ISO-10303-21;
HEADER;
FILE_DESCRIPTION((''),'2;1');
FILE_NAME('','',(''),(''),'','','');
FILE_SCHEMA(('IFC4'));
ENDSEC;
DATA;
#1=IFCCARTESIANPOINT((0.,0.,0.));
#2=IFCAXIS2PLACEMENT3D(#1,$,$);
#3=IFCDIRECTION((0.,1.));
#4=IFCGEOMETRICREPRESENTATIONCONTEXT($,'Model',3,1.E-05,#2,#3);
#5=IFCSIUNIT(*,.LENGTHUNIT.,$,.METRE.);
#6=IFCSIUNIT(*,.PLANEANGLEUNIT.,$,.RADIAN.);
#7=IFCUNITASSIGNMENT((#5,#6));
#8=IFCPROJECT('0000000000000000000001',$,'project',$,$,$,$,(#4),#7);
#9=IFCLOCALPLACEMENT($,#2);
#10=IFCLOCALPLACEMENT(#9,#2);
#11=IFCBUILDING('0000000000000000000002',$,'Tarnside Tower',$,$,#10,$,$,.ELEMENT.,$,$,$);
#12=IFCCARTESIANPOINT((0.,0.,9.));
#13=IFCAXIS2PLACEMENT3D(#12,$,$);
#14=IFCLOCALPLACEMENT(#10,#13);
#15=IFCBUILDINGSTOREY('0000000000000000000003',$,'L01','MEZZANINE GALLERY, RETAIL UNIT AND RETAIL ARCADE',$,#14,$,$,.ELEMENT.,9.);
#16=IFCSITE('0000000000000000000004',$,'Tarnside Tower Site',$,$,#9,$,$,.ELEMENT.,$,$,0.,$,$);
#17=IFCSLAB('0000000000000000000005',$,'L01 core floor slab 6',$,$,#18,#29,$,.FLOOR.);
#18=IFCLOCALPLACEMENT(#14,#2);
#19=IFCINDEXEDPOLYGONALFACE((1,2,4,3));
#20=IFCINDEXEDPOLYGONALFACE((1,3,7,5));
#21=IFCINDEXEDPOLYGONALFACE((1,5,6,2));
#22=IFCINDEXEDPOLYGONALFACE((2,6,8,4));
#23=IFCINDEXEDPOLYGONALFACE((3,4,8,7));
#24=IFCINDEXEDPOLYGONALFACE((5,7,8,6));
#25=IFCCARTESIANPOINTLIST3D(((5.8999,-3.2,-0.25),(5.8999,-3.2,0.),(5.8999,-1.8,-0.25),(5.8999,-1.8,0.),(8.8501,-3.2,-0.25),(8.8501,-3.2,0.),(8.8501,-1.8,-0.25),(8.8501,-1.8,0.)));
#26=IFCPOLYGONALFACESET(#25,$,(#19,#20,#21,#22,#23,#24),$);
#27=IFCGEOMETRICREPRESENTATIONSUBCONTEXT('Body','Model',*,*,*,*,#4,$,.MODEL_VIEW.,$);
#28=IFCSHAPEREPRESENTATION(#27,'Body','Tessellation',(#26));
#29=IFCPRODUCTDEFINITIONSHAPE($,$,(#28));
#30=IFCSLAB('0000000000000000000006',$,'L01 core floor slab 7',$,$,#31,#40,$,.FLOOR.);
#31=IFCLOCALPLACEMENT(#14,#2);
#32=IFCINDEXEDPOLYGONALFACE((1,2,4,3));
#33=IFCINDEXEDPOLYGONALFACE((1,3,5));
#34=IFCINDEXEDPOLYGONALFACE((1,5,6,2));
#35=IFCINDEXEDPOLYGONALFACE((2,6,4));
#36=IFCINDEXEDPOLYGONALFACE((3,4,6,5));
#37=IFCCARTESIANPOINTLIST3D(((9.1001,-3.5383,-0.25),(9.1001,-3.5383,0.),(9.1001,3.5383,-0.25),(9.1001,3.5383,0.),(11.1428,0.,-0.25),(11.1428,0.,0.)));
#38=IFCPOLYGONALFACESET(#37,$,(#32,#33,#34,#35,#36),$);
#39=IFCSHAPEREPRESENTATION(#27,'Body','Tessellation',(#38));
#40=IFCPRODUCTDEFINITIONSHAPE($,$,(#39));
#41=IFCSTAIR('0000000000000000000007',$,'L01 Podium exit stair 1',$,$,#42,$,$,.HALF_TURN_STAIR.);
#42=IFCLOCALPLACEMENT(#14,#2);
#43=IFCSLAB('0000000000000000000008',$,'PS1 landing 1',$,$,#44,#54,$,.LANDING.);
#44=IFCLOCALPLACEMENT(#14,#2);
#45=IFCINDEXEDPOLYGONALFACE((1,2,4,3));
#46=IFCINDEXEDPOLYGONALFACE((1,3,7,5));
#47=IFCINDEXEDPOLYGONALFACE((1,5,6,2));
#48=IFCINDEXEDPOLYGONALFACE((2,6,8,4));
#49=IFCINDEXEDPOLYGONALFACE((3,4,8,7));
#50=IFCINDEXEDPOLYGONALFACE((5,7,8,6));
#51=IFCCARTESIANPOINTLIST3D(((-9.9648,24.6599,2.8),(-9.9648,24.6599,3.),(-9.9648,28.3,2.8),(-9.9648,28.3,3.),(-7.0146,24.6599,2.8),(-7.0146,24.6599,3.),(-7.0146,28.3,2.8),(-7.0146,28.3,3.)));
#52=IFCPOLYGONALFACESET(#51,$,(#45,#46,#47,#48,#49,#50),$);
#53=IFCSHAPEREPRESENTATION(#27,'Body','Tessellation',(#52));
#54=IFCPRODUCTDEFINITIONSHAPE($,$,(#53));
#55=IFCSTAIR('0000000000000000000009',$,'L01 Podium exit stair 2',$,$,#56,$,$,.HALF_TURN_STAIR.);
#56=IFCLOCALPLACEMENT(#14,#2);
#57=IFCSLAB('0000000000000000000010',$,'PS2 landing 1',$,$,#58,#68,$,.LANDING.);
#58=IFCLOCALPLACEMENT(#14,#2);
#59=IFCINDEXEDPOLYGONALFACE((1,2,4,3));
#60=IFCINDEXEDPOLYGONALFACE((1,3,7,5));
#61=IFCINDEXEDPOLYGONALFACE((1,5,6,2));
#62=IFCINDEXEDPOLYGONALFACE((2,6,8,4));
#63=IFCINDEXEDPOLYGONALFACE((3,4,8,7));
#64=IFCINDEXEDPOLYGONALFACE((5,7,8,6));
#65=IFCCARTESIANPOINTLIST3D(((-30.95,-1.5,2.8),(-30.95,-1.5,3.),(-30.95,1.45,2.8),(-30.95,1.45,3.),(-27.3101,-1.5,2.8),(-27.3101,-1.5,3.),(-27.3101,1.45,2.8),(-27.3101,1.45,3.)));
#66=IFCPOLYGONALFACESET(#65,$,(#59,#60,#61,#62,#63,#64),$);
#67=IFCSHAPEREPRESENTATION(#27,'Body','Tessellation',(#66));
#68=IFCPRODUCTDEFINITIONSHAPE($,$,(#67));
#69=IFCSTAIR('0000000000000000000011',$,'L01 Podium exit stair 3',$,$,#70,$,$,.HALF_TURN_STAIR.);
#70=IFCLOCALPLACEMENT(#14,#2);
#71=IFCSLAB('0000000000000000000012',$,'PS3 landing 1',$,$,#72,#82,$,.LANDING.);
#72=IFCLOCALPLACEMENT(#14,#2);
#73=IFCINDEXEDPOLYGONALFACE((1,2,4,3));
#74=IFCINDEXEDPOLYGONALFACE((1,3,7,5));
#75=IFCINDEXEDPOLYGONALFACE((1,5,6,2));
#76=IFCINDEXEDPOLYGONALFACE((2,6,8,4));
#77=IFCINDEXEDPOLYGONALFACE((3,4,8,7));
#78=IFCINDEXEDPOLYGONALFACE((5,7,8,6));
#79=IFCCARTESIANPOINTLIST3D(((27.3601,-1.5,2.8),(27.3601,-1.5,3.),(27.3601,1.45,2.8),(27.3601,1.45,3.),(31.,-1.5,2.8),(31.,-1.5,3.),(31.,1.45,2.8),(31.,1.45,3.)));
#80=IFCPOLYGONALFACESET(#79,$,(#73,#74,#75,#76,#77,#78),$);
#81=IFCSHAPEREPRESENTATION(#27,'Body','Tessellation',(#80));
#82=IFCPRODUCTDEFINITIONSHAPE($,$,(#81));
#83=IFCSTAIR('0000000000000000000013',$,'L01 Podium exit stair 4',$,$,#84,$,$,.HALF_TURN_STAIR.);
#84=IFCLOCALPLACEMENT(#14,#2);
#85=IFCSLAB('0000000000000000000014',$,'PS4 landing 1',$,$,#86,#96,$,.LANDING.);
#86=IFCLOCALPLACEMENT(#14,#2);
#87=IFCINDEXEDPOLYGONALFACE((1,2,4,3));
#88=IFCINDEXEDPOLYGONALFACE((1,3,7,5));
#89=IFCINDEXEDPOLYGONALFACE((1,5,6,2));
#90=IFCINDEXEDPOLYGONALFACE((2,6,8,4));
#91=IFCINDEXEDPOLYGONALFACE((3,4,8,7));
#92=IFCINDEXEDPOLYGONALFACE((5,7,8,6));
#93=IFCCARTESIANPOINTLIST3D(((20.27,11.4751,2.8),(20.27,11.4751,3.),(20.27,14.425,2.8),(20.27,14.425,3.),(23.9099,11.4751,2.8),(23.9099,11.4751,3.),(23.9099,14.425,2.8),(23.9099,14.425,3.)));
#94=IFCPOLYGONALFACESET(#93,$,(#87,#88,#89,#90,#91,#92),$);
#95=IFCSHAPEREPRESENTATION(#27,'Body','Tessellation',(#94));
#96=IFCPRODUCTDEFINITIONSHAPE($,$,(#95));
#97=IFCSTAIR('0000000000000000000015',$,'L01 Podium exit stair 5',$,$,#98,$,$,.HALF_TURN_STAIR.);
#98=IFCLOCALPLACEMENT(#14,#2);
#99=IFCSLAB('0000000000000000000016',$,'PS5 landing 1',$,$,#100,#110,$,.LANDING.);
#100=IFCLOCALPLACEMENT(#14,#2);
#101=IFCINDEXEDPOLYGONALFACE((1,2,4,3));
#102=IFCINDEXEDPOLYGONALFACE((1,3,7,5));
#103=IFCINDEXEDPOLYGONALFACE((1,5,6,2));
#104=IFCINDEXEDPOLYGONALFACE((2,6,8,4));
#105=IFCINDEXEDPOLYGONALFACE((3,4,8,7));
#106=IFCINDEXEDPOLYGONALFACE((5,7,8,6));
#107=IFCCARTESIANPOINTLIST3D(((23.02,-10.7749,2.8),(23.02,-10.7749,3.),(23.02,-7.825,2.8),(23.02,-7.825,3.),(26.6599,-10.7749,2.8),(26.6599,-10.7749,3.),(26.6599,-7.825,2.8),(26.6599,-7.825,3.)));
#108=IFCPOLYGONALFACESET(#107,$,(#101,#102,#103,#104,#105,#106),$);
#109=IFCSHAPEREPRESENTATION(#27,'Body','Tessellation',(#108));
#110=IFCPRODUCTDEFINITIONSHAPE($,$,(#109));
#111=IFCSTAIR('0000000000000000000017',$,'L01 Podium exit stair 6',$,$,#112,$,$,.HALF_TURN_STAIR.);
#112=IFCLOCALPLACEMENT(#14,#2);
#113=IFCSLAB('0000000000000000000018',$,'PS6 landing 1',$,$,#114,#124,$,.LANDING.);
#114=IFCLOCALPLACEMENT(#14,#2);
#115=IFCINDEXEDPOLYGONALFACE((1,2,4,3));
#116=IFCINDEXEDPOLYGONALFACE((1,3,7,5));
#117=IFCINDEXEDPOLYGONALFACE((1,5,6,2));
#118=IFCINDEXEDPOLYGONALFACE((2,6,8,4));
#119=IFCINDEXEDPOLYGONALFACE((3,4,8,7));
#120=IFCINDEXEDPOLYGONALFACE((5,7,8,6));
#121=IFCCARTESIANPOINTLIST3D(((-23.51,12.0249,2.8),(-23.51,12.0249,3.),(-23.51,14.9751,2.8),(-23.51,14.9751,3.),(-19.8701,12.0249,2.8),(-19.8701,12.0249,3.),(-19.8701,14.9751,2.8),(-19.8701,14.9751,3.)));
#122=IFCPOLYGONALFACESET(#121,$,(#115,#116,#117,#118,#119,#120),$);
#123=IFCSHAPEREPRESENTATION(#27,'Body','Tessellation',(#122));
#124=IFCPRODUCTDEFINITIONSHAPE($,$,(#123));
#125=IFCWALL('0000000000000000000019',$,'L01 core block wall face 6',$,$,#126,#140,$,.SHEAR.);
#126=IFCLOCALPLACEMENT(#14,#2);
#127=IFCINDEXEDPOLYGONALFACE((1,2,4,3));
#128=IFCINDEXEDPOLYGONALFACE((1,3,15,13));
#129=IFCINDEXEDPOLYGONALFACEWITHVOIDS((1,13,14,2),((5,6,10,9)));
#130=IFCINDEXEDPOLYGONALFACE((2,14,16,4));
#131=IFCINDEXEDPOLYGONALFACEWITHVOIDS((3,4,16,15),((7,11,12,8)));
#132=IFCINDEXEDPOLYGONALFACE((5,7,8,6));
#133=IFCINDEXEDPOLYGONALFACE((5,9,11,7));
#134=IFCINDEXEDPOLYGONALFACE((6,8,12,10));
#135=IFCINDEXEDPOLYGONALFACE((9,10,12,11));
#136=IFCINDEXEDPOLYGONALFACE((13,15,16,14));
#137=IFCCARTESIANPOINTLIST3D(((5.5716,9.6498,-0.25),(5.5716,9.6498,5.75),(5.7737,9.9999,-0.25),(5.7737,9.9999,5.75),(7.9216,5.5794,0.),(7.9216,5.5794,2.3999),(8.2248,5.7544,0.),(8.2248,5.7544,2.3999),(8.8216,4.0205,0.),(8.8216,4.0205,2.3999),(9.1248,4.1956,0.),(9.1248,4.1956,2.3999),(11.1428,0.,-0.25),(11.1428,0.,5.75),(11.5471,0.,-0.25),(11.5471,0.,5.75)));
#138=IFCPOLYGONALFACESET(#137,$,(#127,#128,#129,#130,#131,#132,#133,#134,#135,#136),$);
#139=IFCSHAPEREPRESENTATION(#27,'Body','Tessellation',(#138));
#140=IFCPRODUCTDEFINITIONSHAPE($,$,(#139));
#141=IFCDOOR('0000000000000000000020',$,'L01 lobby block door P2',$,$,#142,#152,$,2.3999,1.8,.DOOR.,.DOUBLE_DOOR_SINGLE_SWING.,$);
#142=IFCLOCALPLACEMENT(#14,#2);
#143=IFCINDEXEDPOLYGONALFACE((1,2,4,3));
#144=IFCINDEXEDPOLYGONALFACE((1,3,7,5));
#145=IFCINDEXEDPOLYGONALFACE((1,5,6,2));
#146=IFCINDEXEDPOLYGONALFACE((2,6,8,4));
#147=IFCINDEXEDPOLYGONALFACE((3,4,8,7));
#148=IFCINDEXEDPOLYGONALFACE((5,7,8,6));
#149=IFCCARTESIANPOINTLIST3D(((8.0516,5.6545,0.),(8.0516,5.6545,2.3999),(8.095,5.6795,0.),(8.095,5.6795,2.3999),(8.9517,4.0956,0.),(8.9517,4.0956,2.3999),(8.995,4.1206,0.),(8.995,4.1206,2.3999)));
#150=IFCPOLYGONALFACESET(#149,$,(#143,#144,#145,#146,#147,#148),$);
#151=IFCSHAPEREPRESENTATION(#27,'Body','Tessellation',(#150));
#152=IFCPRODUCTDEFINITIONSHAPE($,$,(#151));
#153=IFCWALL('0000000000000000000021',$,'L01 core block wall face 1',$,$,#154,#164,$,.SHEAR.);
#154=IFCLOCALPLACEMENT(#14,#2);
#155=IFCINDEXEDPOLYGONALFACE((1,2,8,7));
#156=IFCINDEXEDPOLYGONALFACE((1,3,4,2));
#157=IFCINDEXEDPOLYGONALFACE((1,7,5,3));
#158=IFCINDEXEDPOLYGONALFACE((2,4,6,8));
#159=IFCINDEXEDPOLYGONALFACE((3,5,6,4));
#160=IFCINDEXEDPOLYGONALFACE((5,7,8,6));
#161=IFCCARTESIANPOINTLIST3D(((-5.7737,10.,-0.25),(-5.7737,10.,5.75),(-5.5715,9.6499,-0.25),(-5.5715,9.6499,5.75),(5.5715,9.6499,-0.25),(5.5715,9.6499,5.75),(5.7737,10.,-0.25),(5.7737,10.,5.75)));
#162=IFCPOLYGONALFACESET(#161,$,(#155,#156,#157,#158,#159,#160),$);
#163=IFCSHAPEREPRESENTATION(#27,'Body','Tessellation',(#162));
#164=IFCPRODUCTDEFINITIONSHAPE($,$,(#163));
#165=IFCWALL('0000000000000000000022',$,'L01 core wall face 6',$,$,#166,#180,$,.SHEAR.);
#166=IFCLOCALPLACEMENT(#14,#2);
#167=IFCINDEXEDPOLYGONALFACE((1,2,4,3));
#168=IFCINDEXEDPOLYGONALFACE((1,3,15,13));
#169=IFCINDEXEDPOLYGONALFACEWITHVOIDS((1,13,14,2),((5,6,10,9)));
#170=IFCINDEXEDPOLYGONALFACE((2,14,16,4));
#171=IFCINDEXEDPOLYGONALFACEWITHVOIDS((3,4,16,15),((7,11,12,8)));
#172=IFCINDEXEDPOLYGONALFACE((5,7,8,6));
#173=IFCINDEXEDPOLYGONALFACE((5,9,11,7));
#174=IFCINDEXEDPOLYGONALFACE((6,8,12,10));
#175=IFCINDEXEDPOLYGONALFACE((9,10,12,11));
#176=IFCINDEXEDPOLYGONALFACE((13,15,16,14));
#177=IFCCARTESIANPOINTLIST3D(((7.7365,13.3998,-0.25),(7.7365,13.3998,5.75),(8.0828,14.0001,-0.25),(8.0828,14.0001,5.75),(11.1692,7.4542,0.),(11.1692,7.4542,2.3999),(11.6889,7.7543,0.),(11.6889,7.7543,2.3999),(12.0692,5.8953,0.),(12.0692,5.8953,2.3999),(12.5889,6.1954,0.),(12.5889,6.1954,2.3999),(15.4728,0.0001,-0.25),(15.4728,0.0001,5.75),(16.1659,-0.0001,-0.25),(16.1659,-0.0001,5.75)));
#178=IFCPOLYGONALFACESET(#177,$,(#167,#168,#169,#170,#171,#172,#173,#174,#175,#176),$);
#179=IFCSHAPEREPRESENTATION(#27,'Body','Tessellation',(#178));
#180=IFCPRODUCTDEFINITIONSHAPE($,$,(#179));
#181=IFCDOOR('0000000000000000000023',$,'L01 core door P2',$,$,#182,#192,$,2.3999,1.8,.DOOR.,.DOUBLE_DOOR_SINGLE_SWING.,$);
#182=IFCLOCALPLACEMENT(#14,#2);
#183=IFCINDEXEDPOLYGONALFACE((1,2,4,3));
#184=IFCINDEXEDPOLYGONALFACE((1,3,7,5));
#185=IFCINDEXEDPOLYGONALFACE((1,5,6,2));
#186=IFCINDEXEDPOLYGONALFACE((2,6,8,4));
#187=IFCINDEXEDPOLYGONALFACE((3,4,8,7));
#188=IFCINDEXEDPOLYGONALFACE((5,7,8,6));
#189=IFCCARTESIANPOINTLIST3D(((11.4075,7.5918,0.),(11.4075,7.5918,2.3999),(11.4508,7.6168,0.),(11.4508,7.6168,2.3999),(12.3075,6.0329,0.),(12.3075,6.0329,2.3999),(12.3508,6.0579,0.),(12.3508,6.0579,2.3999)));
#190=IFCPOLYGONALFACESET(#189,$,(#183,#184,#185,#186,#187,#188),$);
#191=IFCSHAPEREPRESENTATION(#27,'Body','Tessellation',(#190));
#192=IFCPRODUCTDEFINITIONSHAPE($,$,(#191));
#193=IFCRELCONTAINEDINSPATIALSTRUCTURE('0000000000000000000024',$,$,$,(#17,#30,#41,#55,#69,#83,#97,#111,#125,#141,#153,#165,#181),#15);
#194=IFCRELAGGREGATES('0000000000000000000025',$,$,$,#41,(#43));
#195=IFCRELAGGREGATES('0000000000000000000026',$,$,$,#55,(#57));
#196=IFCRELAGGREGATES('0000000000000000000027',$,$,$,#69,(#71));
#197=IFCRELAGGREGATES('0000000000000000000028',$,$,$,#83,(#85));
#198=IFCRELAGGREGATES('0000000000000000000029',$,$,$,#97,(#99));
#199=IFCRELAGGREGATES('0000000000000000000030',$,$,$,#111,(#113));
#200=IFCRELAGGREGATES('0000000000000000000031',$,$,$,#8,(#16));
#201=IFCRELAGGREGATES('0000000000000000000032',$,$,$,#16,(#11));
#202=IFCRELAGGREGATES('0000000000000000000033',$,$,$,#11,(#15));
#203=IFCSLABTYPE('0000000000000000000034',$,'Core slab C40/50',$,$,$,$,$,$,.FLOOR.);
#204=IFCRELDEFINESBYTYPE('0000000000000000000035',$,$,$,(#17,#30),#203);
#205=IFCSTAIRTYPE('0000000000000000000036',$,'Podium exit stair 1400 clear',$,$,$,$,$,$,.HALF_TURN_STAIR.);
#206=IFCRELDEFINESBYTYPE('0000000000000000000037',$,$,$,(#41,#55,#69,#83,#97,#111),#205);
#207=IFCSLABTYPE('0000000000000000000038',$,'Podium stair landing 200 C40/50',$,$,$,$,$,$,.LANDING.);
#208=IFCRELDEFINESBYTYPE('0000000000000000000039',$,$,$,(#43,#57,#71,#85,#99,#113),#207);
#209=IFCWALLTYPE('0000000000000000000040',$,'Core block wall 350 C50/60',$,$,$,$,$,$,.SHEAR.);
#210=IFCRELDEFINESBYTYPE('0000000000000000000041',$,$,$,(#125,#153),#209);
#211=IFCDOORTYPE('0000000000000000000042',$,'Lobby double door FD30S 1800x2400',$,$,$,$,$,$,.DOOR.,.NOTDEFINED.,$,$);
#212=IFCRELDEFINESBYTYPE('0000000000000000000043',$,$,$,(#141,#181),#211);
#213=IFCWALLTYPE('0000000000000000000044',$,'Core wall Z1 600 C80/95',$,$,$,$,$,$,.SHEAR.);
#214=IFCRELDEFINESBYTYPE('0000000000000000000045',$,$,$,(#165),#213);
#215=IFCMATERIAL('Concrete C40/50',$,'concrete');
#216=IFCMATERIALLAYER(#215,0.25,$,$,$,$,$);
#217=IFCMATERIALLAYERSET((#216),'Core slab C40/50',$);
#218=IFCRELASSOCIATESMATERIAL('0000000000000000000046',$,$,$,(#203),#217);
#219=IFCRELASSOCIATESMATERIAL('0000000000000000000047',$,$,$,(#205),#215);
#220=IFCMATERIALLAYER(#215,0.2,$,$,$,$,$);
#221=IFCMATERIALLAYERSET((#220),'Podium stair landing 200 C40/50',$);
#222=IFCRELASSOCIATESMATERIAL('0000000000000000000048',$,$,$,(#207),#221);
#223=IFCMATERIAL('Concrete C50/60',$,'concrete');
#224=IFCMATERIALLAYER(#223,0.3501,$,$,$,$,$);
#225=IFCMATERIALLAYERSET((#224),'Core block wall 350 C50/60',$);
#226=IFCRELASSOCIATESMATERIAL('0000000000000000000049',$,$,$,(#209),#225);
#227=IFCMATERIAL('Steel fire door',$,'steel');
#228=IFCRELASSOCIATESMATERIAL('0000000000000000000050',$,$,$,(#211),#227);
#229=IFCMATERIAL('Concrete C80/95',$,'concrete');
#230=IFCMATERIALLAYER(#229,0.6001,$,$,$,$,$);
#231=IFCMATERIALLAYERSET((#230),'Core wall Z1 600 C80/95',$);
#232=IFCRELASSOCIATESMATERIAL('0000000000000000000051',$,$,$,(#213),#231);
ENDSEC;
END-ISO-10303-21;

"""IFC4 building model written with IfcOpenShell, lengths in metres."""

from ifc_helpers import new_model, si_unit, direction, frame, frame_2d, origin, place, context, subcontext, project, spatial, polyline, rectangle, outline, extrude, material, layer, layer_set, type_object, element, fill, aggregate, save


model = new_model("IFC4")

# Units and contexts
model_context = context("Model", 3, precision=1e-05, world=origin(), true_north=direction((0.0, 1.0)))
body_context = subcontext(model_context, "Body", "Model", "MODEL_VIEW")
ifc_project = project(units=[si_unit("LENGTHUNIT", "METRE"), si_unit("PLANEANGLEUNIT", "RADIAN")], contexts=[model_context])

# Site, building, storey
site_placement = place(None, origin())
site = spatial("IfcSite", under=ifc_project, at=site_placement, Name="Tarnside Tower Site", CompositionType="ELEMENT", RefElevation=0.0)
building_placement = place(site_placement, origin())
building = spatial("IfcBuilding", under=site, at=building_placement, Name="Tarnside Tower", CompositionType="ELEMENT")
storey_placement = place(building_placement, frame((0.0, 0.0, 9.0)))
storey = spatial("IfcBuildingStorey", under=building, at=storey_placement, Name="L01", Description="MEZZANINE GALLERY, RETAIL UNIT AND RETAIL ARCADE", CompositionType="ELEMENT", Elevation=9.0)

# Slabs
ifc_material_1 = material(Name="Concrete C40/50", Category="concrete")
ifc_layer_1 = layer(ifc_material_1, 0.25)
ifc_layer_set_1 = layer_set([ifc_layer_1], Name="Core slab C40/50")
slab_type_1 = type_object("IfcSlabType", Name="Core slab C40/50", PredefinedType="FLOOR", material=ifc_layer_set_1)
slab_1_placement = place(storey_placement, frame((0.0, 0.0, -0.25)))
element("IfcSlab", 1, at=slab_1_placement, inside=storey, type_object=slab_type_1, Name="L01 core floor slab 6", PredefinedType="FLOOR", context=body_context, shape_type="SweptSolid", body=[
    extrude(outline(polyline([(5.8999, -3.2), (5.8999, -1.8), (8.8501, -1.8), (8.8501, -3.2), (5.8999, -3.2)])), origin(), (0.0, 0.0, 1.0), 0.25),
])
slab_2_placement = place(storey_placement, frame((0.0, 0.0, -0.25)))
element("IfcSlab", 2, at=slab_2_placement, inside=storey, type_object=slab_type_1, Name="L01 core floor slab 7", PredefinedType="FLOOR", context=body_context, shape_type="SweptSolid", body=[
    extrude(outline(polyline([(9.1001, -3.5383), (9.1001, 3.5383), (11.1428, 0.0), (9.1001, -3.5383)])), origin(), (0.0, 0.0, 1.0), 0.25),
])

# Stairs, slabs
stair_type_1 = type_object("IfcStairType", Name="Podium exit stair 1400 clear", PredefinedType="HALF_TURN_STAIR", material=ifc_material_1)
stair_1_placement = place(storey_placement, origin())
stair_1 = element("IfcStair", 3, at=stair_1_placement, inside=storey, type_object=stair_type_1, Name="L01 Podium exit stair 1", PredefinedType="HALF_TURN_STAIR")
ifc_layer_2 = layer(ifc_material_1, 0.2)
ifc_layer_set_2 = layer_set([ifc_layer_2], Name="Podium stair landing 200 C40/50")
slab_type_2 = type_object("IfcSlabType", Name="Podium stair landing 200 C40/50", PredefinedType="LANDING", material=ifc_layer_set_2)
slab_3_placement = place(storey_placement, frame((0.0, 0.0, 2.8)))
slab_3 = element("IfcSlab", 4, at=slab_3_placement, type_object=slab_type_2, Name="PS1 landing 1", PredefinedType="LANDING", context=body_context, shape_type="SweptSolid", body=[
    extrude(outline(polyline([(-7.0146, 24.6599), (-7.0146, 28.3), (-9.9648, 28.3), (-9.9648, 24.6599), (-7.0146, 24.6599)])), origin(), (0.0, 0.0, 1.0), 0.2),
])
aggregate(stair_1, [slab_3])
stair_2_placement = place(storey_placement, origin())
stair_2 = element("IfcStair", 5, at=stair_2_placement, inside=storey, type_object=stair_type_1, Name="L01 Podium exit stair 2", PredefinedType="HALF_TURN_STAIR")
slab_4_placement = place(storey_placement, frame((0.0, 0.0, 2.8)))
slab_4 = element("IfcSlab", 6, at=slab_4_placement, type_object=slab_type_2, Name="PS2 landing 1", PredefinedType="LANDING", context=body_context, shape_type="SweptSolid", body=[
    extrude(outline(polyline([(-27.3101, 1.45), (-30.95, 1.45), (-30.95, -1.5), (-27.3101, -1.5), (-27.3101, 1.45)])), origin(), (0.0, 0.0, 1.0), 0.2),
])
aggregate(stair_2, [slab_4])
stair_3_placement = place(storey_placement, origin())
stair_3 = element("IfcStair", 7, at=stair_3_placement, inside=storey, type_object=stair_type_1, Name="L01 Podium exit stair 3", PredefinedType="HALF_TURN_STAIR")
slab_5_placement = place(storey_placement, frame((0.0, 0.0, 2.8)))
slab_5 = element("IfcSlab", 8, at=slab_5_placement, type_object=slab_type_2, Name="PS3 landing 1", PredefinedType="LANDING", context=body_context, shape_type="SweptSolid", body=[
    extrude(outline(polyline([(27.3601, -1.5), (31.0, -1.5), (31.0, 1.45), (27.3601, 1.45), (27.3601, -1.5)])), origin(), (0.0, 0.0, 1.0), 0.2),
])
aggregate(stair_3, [slab_5])
stair_4_placement = place(storey_placement, origin())
stair_4 = element("IfcStair", 9, at=stair_4_placement, inside=storey, type_object=stair_type_1, Name="L01 Podium exit stair 4", PredefinedType="HALF_TURN_STAIR")
slab_6_placement = place(storey_placement, frame((0.0, 0.0, 2.8)))
slab_6 = element("IfcSlab", 10, at=slab_6_placement, type_object=slab_type_2, Name="PS4 landing 1", PredefinedType="LANDING", context=body_context, shape_type="SweptSolid", body=[
    extrude(outline(polyline([(20.27, 11.4751), (23.9099, 11.4751), (23.9099, 14.425), (20.27, 14.425), (20.27, 11.4751)])), origin(), (0.0, 0.0, 1.0), 0.2),
])
aggregate(stair_4, [slab_6])
stair_5_placement = place(storey_placement, origin())
stair_5 = element("IfcStair", 11, at=stair_5_placement, inside=storey, type_object=stair_type_1, Name="L01 Podium exit stair 5", PredefinedType="HALF_TURN_STAIR")
slab_7_placement = place(storey_placement, frame((0.0, 0.0, 2.8)))
slab_7 = element("IfcSlab", 12, at=slab_7_placement, type_object=slab_type_2, Name="PS5 landing 1", PredefinedType="LANDING", context=body_context, shape_type="SweptSolid", body=[
    extrude(outline(polyline([(23.02, -10.7749), (26.6599, -10.7749), (26.6599, -7.825), (23.02, -7.825), (23.02, -10.7749)])), origin(), (0.0, 0.0, 1.0), 0.2),
])
aggregate(stair_5, [slab_7])
stair_6_placement = place(storey_placement, origin())
stair_6 = element("IfcStair", 13, at=stair_6_placement, inside=storey, type_object=stair_type_1, Name="L01 Podium exit stair 6", PredefinedType="HALF_TURN_STAIR")
slab_8_placement = place(storey_placement, frame((0.0, 0.0, 2.8)))
slab_8 = element("IfcSlab", 14, at=slab_8_placement, type_object=slab_type_2, Name="PS6 landing 1", PredefinedType="LANDING", context=body_context, shape_type="SweptSolid", body=[
    extrude(outline(polyline([(-19.8701, 14.9751), (-23.51, 14.9751), (-23.51, 12.0249), (-19.8701, 12.0249), (-19.8701, 14.9751)])), origin(), (0.0, 0.0, 1.0), 0.2),
])
aggregate(stair_6, [slab_8])

# Wall, opening, door
ifc_material_2 = material(Name="Concrete C50/60", Category="concrete")
ifc_layer_3 = layer(ifc_material_2, 0.3501)
ifc_layer_set_3 = layer_set([ifc_layer_3], Name="Core block wall 350 C50/60")
wall_type_1 = type_object("IfcWallType", Name="Core block wall 350 C50/60", PredefinedType="SHEAR", material=ifc_layer_set_3)
wall_1_placement = place(storey_placement, frame((11.345, 0.0, -0.25), z_axis=(0.0, 0.0, 1.0), x_axis=(-0.499995, 0.866028, 0.0)))
wall_1 = element("IfcWall", 15, at=wall_1_placement, inside=storey, type_object=wall_type_1, Name="L01 core block wall face 6", PredefinedType="SHEAR", context=body_context, shape_type="SweptSolid", body=[
    extrude(outline(polyline([(-0.1011, -0.175), (11.4458, -0.175), (11.2437, 0.175), (0.1011, 0.175), (-0.1011, -0.175)])), origin(), (0.0, 0.0, 1.0), 6.0),
])
opening_1_placement = place(wall_1_placement, frame((4.7437, 0.0, 0.25)))
opening_1 = element("IfcOpeningElement", 16, at=opening_1_placement, cuts=wall_1, PredefinedType="OPENING", context=body_context, shape_type="SweptSolid", body=[
    extrude(rectangle(XDim=1.8, YDim=2.3999, at=frame_2d((0.8999, 1.2))), frame((0.0, 0.1851, 0.0), z_axis=(0.0, -1.0, 0.0), x_axis=(1.0, 0.0, 0.0)), (0.0, 0.0, 1.0), 0.3701),
])
ifc_material_3 = material(Name="Steel fire door", Category="steel")
door_type = type_object("IfcDoorType", Name="Lobby double door FD30S 1800x2400", OperationType="NOTDEFINED", PredefinedType="DOOR", material=ifc_material_3)
door_1_placement = place(opening_1_placement, origin())
door_1 = element("IfcDoor", 17, at=door_1_placement, inside=storey, type_object=door_type, Name="L01 lobby block door P2", OperationType="DOUBLE_DOOR_SINGLE_SWING", OverallHeight=2.3999, OverallWidth=1.8, PredefinedType="DOOR", context=body_context, shape_type="SweptSolid", body=[
    extrude(rectangle(XDim=1.8, YDim=2.3999, at=frame_2d((0.8999, 1.2))), frame((0.0, 0.0249, 0.0), z_axis=(0.0, -1.0, 0.0), x_axis=(1.0, 0.0, 0.0)), (0.0, 0.0, 1.0), 0.05),
])
fill(opening_1, door_1)

# Wall
wall_2_placement = place(storey_placement, frame((5.6726, 9.825, -0.25), z_axis=(0.0, 0.0, 1.0), x_axis=(-1.0, 0.0, 0.0)))
element("IfcWall", 18, at=wall_2_placement, inside=storey, type_object=wall_type_1, Name="L01 core block wall face 1", PredefinedType="SHEAR", context=body_context, shape_type="SweptSolid", body=[
    extrude(outline(polyline([(-0.1011, -0.175), (11.4463, -0.175), (11.2441, 0.175), (0.1011, 0.175), (-0.1011, -0.175)])), origin(), (0.0, 0.0, 1.0), 6.0),
])

# Wall, opening, door
ifc_material_4 = material(Name="Concrete C80/95", Category="concrete")
ifc_layer_4 = layer(ifc_material_4, 0.6001)
ifc_layer_set_4 = layer_set([ifc_layer_4], Name="Core wall Z1 600 C80/95")
wall_type_2 = type_object("IfcWallType", Name="Core wall Z1 600 C80/95", PredefinedType="SHEAR", material=ifc_layer_set_4)
wall_3_placement = place(storey_placement, frame((15.8193, 0.0, -0.25), z_axis=(0.0, 0.0, 1.0), x_axis=(-0.5, 0.866025, 0.0)))
wall_3 = element("IfcWall", 19, at=wall_3_placement, inside=storey, type_object=wall_type_2, Name="L01 core wall face 6", PredefinedType="SHEAR", context=body_context, shape_type="SweptSolid", body=[
    extrude(outline(polyline([(-0.1733, -0.3), (15.9927, -0.3), (15.646, 0.3), (0.1733, 0.3), (-0.1733, -0.3)])), origin(), (0.0, 0.0, 1.0), 6.0),
])
opening_2_placement = place(wall_3_placement, frame((6.9807, 0.0, 0.25)))
opening_2 = element("IfcOpeningElement", 20, at=opening_2_placement, cuts=wall_3, PredefinedType="OPENING", context=body_context, shape_type="SweptSolid", body=[
    extrude(rectangle(XDim=1.8, YDim=2.3999, at=frame_2d((0.8999, 1.2))), frame((0.0, 0.3101, 0.0), z_axis=(0.0, -1.0, 0.0), x_axis=(1.0, 0.0, 0.0)), (0.0, 0.0, 1.0), 0.6201),
])
door_2_placement = place(opening_2_placement, origin())
door_2 = element("IfcDoor", 21, at=door_2_placement, inside=storey, type_object=door_type, Name="L01 core door P2", OperationType="DOUBLE_DOOR_SINGLE_SWING", OverallHeight=2.3999, OverallWidth=1.8, PredefinedType="DOOR", context=body_context, shape_type="SweptSolid", body=[
    extrude(rectangle(XDim=1.8, YDim=2.3999, at=frame_2d((0.8999, 1.2))), frame((0.0, 0.0249, 0.0), z_axis=(0.0, -1.0, 0.0), x_axis=(1.0, 0.0, 0.0)), (0.0, 0.0, 1.0), 0.05),
])
fill(opening_2, door_2)

save(model, "model.ifc")
